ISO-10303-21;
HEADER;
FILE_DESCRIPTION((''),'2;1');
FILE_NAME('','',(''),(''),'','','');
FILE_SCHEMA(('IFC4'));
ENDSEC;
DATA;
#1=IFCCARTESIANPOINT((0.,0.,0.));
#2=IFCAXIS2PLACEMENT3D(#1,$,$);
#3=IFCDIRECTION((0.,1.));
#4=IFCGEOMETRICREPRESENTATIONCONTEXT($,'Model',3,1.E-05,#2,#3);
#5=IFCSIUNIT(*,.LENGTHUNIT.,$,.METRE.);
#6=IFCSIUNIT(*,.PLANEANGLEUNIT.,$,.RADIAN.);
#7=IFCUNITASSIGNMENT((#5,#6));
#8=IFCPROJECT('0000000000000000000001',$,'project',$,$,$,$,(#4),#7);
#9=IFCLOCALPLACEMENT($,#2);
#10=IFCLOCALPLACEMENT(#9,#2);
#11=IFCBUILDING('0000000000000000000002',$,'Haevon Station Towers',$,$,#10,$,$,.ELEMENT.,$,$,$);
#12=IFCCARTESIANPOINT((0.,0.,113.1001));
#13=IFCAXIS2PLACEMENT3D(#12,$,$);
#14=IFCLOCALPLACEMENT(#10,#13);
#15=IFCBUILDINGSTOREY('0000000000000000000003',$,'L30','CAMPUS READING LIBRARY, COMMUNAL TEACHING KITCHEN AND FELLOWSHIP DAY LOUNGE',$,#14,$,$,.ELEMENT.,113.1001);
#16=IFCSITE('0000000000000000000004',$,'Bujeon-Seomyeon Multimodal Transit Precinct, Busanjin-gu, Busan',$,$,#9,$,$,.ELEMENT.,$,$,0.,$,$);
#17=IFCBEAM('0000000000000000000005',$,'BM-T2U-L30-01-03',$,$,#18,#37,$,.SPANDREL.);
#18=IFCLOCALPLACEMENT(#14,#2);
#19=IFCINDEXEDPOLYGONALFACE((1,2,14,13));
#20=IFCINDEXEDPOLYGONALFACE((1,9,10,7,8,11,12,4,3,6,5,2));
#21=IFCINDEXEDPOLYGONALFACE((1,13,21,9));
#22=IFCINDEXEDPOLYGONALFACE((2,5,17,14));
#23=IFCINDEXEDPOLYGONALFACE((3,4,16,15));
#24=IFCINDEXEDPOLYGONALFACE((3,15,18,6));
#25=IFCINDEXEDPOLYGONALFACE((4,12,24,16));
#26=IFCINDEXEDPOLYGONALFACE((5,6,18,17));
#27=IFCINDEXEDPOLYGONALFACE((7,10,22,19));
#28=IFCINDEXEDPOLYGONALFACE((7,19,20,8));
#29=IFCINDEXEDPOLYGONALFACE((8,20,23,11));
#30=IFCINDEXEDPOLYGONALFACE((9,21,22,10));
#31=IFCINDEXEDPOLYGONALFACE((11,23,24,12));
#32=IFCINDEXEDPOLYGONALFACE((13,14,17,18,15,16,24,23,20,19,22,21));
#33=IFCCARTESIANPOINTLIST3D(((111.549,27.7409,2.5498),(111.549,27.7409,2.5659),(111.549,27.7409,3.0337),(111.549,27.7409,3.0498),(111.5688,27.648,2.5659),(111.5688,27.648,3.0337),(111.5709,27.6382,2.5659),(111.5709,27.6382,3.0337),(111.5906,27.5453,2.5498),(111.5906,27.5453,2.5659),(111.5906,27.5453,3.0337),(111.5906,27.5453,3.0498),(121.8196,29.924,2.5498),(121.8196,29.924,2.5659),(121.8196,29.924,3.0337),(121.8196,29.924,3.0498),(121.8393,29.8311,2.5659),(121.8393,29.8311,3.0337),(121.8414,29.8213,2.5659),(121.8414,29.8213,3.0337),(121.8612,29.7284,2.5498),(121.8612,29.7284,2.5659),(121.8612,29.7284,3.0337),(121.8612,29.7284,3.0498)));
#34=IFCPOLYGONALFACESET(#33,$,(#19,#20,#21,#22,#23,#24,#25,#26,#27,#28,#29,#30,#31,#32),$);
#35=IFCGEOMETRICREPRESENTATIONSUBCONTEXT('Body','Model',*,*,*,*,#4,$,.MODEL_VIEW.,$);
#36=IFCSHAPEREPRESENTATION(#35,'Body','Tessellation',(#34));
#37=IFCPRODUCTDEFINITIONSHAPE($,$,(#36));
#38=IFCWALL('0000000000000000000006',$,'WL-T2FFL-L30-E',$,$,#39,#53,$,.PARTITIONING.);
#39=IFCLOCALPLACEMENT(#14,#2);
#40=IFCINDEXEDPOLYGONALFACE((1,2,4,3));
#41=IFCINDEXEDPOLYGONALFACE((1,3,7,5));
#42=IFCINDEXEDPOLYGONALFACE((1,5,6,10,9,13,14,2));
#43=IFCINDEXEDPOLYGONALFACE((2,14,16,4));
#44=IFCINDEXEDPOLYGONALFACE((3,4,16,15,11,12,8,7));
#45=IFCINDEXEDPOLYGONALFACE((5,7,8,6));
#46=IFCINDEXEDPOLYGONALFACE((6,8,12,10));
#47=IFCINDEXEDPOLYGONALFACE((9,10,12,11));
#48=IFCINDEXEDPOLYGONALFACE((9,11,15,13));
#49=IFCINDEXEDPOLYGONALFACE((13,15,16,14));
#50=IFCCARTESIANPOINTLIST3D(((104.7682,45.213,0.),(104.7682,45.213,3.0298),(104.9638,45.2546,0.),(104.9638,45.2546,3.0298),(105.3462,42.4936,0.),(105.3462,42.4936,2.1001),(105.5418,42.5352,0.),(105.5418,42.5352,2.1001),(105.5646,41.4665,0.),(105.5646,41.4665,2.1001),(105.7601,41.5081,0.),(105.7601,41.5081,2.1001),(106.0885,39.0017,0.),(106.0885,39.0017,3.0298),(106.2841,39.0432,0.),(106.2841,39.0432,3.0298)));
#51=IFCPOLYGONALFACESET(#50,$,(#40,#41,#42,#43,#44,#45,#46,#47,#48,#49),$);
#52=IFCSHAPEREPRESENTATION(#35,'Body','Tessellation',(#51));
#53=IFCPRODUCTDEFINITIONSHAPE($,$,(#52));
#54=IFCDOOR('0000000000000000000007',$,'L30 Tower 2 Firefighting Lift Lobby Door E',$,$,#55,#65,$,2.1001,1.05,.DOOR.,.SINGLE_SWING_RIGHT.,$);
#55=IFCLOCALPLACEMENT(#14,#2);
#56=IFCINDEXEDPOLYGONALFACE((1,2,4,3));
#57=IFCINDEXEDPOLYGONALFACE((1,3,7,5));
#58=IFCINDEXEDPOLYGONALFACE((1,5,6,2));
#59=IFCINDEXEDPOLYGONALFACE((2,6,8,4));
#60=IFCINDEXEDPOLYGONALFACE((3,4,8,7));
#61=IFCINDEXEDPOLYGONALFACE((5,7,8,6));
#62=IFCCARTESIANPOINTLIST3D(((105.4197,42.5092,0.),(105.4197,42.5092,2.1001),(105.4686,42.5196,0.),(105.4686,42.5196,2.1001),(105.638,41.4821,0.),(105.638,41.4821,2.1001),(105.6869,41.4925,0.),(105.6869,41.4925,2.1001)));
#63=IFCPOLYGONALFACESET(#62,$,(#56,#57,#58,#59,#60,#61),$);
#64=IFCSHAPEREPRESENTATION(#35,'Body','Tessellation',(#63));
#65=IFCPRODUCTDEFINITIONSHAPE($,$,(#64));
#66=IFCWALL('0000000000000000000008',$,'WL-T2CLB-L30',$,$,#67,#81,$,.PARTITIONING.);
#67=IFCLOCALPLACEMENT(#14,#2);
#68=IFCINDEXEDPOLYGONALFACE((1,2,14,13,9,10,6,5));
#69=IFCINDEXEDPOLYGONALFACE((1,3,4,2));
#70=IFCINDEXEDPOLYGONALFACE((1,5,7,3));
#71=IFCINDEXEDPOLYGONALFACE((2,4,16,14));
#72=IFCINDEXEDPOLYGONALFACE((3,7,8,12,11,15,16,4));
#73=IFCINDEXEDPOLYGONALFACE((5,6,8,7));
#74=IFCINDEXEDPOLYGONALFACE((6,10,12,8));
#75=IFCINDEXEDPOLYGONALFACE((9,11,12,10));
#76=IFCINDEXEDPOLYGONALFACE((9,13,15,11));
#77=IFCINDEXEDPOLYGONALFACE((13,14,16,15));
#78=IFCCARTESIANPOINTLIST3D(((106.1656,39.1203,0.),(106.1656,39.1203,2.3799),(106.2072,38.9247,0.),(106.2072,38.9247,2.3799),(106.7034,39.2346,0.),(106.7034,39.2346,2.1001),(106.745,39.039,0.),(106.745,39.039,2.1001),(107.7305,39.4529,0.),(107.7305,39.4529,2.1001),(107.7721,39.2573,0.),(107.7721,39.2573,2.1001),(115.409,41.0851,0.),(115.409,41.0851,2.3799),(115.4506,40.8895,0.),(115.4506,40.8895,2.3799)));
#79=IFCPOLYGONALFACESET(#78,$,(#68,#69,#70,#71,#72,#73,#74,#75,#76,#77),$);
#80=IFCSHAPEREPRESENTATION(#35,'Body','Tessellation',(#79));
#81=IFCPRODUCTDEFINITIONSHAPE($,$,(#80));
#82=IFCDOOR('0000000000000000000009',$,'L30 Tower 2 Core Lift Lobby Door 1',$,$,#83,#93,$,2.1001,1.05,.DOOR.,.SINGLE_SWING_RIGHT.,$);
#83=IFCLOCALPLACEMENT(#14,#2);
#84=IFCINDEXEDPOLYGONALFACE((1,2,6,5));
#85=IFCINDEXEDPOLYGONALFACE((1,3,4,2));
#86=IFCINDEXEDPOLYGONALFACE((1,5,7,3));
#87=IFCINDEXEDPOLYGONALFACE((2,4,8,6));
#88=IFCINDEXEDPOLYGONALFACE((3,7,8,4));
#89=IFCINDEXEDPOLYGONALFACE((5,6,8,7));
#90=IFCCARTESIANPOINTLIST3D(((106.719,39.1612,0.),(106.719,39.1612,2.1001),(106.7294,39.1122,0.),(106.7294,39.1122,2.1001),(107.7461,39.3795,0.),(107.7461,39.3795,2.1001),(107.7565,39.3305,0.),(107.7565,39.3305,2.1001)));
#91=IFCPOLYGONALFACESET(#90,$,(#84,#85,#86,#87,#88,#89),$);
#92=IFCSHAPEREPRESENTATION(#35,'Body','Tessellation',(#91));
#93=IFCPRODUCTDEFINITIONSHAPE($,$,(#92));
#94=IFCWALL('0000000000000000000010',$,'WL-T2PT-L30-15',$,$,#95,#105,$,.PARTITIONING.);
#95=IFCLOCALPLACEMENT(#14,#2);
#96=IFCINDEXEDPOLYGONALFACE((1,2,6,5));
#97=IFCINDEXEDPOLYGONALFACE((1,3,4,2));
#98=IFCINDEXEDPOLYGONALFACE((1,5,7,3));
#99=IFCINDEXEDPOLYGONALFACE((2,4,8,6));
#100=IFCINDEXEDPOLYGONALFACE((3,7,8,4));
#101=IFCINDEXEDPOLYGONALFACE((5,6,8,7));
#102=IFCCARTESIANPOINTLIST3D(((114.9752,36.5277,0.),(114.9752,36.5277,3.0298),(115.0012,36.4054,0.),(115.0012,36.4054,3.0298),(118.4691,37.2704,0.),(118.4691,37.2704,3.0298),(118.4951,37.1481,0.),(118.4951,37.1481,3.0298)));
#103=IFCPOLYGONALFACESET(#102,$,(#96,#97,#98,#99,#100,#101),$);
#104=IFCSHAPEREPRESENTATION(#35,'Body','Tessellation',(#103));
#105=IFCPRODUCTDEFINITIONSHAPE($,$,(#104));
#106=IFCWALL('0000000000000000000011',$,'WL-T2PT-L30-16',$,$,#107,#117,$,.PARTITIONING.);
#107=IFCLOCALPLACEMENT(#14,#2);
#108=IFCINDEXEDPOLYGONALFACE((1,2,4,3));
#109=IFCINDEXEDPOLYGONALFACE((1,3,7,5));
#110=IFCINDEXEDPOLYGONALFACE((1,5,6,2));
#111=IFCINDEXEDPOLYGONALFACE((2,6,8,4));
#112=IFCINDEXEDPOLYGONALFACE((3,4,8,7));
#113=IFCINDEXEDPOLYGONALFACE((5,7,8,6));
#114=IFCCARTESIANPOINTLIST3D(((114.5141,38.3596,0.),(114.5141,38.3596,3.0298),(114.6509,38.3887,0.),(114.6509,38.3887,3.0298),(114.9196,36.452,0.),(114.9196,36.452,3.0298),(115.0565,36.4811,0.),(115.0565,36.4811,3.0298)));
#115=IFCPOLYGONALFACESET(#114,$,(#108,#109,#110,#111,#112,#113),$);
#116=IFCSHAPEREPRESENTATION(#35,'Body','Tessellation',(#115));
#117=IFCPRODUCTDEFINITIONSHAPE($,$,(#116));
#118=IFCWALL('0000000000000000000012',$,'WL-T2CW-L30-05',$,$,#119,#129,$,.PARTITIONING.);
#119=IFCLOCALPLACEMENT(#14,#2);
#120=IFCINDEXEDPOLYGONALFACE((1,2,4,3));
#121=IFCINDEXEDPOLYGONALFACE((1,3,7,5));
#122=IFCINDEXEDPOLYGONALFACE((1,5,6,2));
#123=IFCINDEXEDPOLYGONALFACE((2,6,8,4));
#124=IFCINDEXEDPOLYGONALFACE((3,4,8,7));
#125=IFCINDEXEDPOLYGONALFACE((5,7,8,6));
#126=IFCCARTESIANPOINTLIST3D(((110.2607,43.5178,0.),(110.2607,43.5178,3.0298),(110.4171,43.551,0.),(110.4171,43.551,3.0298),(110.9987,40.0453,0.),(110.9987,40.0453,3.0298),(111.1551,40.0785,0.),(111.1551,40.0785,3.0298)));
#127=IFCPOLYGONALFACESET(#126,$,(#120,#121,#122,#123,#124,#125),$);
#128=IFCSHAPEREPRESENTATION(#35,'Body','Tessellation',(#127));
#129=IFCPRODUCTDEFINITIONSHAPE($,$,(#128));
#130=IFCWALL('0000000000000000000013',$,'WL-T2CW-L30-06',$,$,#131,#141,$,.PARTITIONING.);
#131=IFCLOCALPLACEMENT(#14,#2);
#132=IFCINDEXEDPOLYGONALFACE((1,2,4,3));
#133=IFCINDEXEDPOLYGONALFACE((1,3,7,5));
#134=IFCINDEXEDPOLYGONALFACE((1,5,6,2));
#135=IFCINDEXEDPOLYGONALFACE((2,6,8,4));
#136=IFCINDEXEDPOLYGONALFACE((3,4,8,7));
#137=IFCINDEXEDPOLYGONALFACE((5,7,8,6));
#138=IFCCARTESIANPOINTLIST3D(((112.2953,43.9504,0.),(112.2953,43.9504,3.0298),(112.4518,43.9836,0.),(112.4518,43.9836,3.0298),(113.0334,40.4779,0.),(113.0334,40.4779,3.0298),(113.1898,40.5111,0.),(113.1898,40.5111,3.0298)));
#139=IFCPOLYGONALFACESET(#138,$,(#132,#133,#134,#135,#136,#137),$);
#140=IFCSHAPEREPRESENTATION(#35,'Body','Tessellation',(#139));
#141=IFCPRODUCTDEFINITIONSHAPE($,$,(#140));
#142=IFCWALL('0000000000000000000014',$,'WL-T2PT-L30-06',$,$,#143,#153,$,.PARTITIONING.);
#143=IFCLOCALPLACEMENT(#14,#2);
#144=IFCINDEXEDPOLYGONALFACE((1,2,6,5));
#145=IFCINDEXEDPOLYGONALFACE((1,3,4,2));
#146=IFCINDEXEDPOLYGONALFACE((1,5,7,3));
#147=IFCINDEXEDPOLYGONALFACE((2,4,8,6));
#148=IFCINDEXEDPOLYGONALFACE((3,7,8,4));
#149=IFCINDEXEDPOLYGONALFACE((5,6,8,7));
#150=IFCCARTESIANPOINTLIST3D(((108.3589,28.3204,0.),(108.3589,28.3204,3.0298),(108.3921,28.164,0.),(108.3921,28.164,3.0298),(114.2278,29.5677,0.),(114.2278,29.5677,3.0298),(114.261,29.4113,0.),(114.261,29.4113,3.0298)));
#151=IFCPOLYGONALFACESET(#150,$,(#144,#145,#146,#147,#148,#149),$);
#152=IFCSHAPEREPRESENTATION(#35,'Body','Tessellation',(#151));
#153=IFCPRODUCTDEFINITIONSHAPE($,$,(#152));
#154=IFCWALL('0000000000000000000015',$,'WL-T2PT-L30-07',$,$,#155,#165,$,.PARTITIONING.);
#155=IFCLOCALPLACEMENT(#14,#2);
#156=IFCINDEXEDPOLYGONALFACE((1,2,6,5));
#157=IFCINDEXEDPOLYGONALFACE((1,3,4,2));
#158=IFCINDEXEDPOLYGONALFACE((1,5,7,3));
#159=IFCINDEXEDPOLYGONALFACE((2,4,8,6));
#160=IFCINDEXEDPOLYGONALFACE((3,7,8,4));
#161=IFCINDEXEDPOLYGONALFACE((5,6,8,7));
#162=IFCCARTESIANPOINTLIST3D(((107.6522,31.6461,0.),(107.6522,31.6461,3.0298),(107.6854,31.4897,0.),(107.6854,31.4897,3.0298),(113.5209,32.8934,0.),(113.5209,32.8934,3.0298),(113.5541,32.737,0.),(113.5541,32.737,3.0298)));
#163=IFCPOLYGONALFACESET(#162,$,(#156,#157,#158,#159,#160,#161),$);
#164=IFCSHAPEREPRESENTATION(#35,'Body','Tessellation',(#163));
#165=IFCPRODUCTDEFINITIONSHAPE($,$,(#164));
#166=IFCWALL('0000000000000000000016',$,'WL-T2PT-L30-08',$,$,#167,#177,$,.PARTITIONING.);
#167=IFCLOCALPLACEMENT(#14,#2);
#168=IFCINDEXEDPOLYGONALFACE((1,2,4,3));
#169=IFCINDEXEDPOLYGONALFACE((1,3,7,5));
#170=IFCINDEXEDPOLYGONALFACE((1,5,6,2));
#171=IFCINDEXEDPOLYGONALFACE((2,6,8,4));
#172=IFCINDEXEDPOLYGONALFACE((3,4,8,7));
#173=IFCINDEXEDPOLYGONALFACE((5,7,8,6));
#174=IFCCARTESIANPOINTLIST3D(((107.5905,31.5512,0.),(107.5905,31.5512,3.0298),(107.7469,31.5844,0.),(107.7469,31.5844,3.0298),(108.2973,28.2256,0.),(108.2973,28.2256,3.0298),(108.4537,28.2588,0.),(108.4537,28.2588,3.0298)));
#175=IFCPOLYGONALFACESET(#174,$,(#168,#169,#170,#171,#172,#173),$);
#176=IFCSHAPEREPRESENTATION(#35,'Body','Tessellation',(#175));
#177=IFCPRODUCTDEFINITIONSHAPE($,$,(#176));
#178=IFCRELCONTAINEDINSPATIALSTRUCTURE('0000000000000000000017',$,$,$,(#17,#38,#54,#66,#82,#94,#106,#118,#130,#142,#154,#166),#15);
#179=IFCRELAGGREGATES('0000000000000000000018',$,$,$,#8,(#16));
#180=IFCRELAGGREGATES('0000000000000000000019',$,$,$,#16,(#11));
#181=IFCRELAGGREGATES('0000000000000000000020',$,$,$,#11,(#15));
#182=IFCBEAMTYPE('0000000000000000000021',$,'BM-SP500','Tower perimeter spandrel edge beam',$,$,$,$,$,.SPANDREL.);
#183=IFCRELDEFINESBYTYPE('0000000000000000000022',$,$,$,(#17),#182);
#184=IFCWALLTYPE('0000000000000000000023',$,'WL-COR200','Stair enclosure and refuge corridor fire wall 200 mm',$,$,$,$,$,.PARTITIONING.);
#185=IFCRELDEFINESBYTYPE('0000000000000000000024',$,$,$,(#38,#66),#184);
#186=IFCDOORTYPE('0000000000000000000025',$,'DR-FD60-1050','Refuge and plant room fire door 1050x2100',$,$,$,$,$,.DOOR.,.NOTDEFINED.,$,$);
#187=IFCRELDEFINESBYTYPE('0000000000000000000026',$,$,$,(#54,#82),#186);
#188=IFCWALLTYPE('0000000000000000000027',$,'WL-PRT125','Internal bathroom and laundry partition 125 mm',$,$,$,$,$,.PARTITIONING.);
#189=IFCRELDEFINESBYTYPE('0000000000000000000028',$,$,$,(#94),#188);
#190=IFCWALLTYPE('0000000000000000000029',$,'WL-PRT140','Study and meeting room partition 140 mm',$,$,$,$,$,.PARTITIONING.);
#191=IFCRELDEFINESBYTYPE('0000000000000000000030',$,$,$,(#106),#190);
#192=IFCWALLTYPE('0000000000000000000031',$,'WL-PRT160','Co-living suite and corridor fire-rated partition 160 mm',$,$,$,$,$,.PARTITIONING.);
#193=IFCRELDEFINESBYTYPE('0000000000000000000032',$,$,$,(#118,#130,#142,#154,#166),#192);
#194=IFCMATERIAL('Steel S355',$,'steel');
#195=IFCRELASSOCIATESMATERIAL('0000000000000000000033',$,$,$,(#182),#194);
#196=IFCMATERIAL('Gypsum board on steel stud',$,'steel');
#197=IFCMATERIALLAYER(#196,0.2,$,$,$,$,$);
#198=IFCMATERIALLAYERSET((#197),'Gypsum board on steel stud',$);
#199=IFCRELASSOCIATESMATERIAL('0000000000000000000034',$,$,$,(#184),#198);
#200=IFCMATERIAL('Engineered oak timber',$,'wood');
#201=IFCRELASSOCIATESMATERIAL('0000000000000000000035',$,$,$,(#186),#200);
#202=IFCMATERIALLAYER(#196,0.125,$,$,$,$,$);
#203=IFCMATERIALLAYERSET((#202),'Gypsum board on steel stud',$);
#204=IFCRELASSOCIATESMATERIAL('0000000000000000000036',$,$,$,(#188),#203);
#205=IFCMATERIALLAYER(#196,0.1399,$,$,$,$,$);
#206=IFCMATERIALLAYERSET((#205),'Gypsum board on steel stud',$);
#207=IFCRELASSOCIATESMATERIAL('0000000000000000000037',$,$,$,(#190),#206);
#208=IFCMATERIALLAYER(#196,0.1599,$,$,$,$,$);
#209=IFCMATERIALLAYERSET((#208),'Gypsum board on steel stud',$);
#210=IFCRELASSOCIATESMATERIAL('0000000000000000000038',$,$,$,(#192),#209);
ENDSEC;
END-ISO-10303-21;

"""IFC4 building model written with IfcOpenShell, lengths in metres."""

from ifc_helpers import new_model, si_unit, direction, frame, frame_2d, origin, origin_2d, place, context, subcontext, project, spatial, rectangle, i_section, extrude, material, layer, layer_set, material_profile, profile_set, type_object, element, fill, save


model = new_model("IFC4")

# Units and contexts
model_context = context("Model", 3, precision=1e-05, world=origin(), true_north=direction((0.0, 1.0)))
body_context = subcontext(model_context, "Body", "Model", "MODEL_VIEW")
ifc_project = project(units=[si_unit("LENGTHUNIT", "METRE"), si_unit("PLANEANGLEUNIT", "RADIAN")], contexts=[model_context])

# Site, building, storey
site_placement = place(None, origin())
site = spatial("IfcSite", under=ifc_project, at=site_placement, Name="Bujeon-Seomyeon Multimodal Transit Precinct, Busanjin-gu, Busan", CompositionType="ELEMENT", RefElevation=0.0)
building_placement = place(site_placement, origin())
building = spatial("IfcBuilding", under=site, at=building_placement, Name="Haevon Station Towers", CompositionType="ELEMENT")
storey_placement = place(building_placement, frame((0.0, 0.0, 113.1001)))
storey = spatial("IfcBuildingStorey", under=building, at=storey_placement, Name="L30", Description="CAMPUS READING LIBRARY, COMMUNAL TEACHING KITCHEN AND FELLOWSHIP DAY LOUNGE", CompositionType="ELEMENT", Elevation=113.1001)

# Beam
ifc_material_1 = material(Name="Steel S355", Category="steel")
ifc_material_profile_1 = material_profile(ifc_material_1, i_section(OverallWidth=0.2, OverallDepth=0.5, WebThickness=0.01, FlangeThickness=0.0161, at=origin_2d()), Name="H-500x200x10x16")
ifc_profile_set_1 = profile_set([ifc_material_profile_1], Name="Steel S355")
beam_type_1 = type_object("IfcBeamType", Name="BM-SP500", Description="Tower perimeter spandrel edge beam", PredefinedType="SPANDREL", material=ifc_profile_set_1)
beam_1_placement = place(storey_placement, frame((111.5698, 27.6431, 2.7998), z_axis=(0.978147, 0.207915, 0.0), x_axis=(-0.207915, 0.978147, 0.0)))
element("IfcBeam", 1, at=beam_1_placement, inside=storey, type_object=beam_type_1, Name="BM-T2U-L30-01-03", PredefinedType="SPANDREL", context=body_context, shape_type="SweptSolid", body=[
    extrude(i_section(OverallWidth=0.2, OverallDepth=0.5, WebThickness=0.01, FlangeThickness=0.0161, at=origin_2d()), origin(), (0.0, 0.0, 1.0), 10.5),
])

# Walls, openings, doors
ifc_material_2 = material(Name="Gypsum board on steel stud", Category="steel")
ifc_layer_1 = layer(ifc_material_2, 0.2)
ifc_layer_set_1 = layer_set([ifc_layer_1], Name="Gypsum board on steel stud")
wall_type_1 = type_object("IfcWallType", Name="WL-COR200", Description="Stair enclosure and refuge corridor fire wall 200 mm", PredefinedType="PARTITIONING", material=ifc_layer_set_1)
wall_1_placement = place(storey_placement, frame((106.1863, 39.0225, 0.0), z_axis=(0.0, 0.0, 1.0), x_axis=(-0.207917, 0.978147, 0.0)))
wall_1 = element("IfcWall", 2, at=wall_1_placement, inside=storey, type_object=wall_type_1, Name="WL-T2FFL-L30-E", PredefinedType="PARTITIONING", context=body_context, shape_type="SweptSolid", body=[
    extrude(rectangle(XDim=6.3501, YDim=0.2, at=frame_2d((3.175, 0.0))), origin(), (0.0, 0.0, 1.0), 3.0298),
])
opening_1_placement = place(wall_1_placement, frame((2.52, 0.0, 0.0)))
opening_1 = element("IfcOpeningElement", 3, at=opening_1_placement, cuts=wall_1, PredefinedType="OPENING", context=body_context, shape_type="SweptSolid", body=[
    extrude(rectangle(XDim=1.05, YDim=2.1001, at=frame_2d((0.5249, 1.05))), frame((0.0, 0.1099, 0.0), z_axis=(0.0, -1.0, 0.0), x_axis=(1.0, 0.0, 0.0)), (0.0, 0.0, 1.0), 0.22),
])
ifc_material_3 = material(Name="Engineered oak timber", Category="wood")
door_type = type_object("IfcDoorType", Name="DR-FD60-1050", Description="Refuge and plant room fire door 1050x2100", OperationType="NOTDEFINED", PredefinedType="DOOR", material=ifc_material_3)
door_1_placement = place(opening_1_placement, origin())
door_1 = element("IfcDoor", 4, at=door_1_placement, inside=storey, type_object=door_type, Name="L30 Tower 2 Firefighting Lift Lobby Door E", OperationType="SINGLE_SWING_RIGHT", OverallHeight=2.1001, OverallWidth=1.05, PredefinedType="DOOR", context=body_context, shape_type="SweptSolid", body=[
    extrude(rectangle(XDim=1.05, YDim=2.1001, at=frame_2d((0.5249, 1.05))), frame((0.0, 0.0249, 0.0), z_axis=(0.0, -1.0, 0.0), x_axis=(1.0, 0.0, 0.0)), (0.0, 0.0, 1.0), 0.05),
])
fill(opening_1, door_1)
wall_2_placement = place(storey_placement, frame((106.1863, 39.0225, 0.0), z_axis=(0.0, 0.0, 1.0), x_axis=(0.978146, 0.207921, 0.0)))
wall_2 = element("IfcWall", 5, at=wall_2_placement, inside=storey, type_object=wall_type_1, Name="WL-T2CLB-L30", PredefinedType="PARTITIONING", context=body_context, shape_type="SweptSolid", body=[
    extrude(rectangle(XDim=9.45, YDim=0.2, at=frame_2d((4.7251, 0.0))), origin(), (0.0, 0.0, 1.0), 2.3799),
])
opening_2_placement = place(wall_2_placement, frame((0.55, 0.0, 0.0)))
opening_2 = element("IfcOpeningElement", 6, at=opening_2_placement, cuts=wall_2, PredefinedType="OPENING", context=body_context, shape_type="SweptSolid", body=[
    extrude(rectangle(XDim=1.05, YDim=2.1001, at=frame_2d((0.5249, 1.05))), frame((0.0, 0.1099, 0.0), z_axis=(0.0, -1.0, 0.0), x_axis=(1.0, 0.0, 0.0)), (0.0, 0.0, 1.0), 0.22),
])
door_2_placement = place(opening_2_placement, origin())
door_2 = element("IfcDoor", 7, at=door_2_placement, inside=storey, type_object=door_type, Name="L30 Tower 2 Core Lift Lobby Door 1", OperationType="SINGLE_SWING_RIGHT", OverallHeight=2.1001, OverallWidth=1.05, PredefinedType="DOOR", context=body_context, shape_type="SweptSolid", body=[
    extrude(rectangle(XDim=1.05, YDim=2.1001, at=frame_2d((0.5249, 1.05))), frame((0.0, 0.0249, 0.0), z_axis=(0.0, -1.0, 0.0), x_axis=(1.0, 0.0, 0.0)), (0.0, 0.0, 1.0), 0.05),
])
fill(opening_2, door_2)

# Walls
ifc_layer_2 = layer(ifc_material_2, 0.125)
ifc_layer_set_2 = layer_set([ifc_layer_2], Name="Gypsum board on steel stud")
wall_type_2 = type_object("IfcWallType", Name="WL-PRT125", Description="Internal bathroom and laundry partition 125 mm", PredefinedType="PARTITIONING", material=ifc_layer_set_2)
wall_3_placement = place(storey_placement, frame((114.988, 36.4666, 0.0), z_axis=(0.0, 0.0, 1.0), x_axis=(0.978146, 0.207918, 0.0)))
element("IfcWall", 8, at=wall_3_placement, inside=storey, type_object=wall_type_2, Name="WL-T2PT-L30-15", PredefinedType="PARTITIONING", context=body_context, shape_type="SweptSolid", body=[
    extrude(rectangle(XDim=3.572, YDim=0.125, at=frame_2d((1.7861, 0.0))), origin(), (0.0, 0.0, 1.0), 3.0298),
])
ifc_layer_3 = layer(ifc_material_2, 0.1399)
ifc_layer_set_3 = layer_set([ifc_layer_3], Name="Gypsum board on steel stud")
wall_type_3 = type_object("IfcWallType", Name="WL-PRT140", Description="Study and meeting room partition 140 mm", PredefinedType="PARTITIONING", material=ifc_layer_set_3)
wall_4_placement = place(storey_placement, frame((114.988, 36.4666, 0.0), z_axis=(0.0, 0.0, 1.0), x_axis=(-0.207947, 0.97814, 0.0)))
element("IfcWall", 9, at=wall_4_placement, inside=storey, type_object=wall_type_3, Name="WL-T2PT-L30-16", PredefinedType="PARTITIONING", context=body_context, shape_type="SweptSolid", body=[
    extrude(rectangle(XDim=1.9502, YDim=0.1399, at=frame_2d((0.9751, 0.0))), origin(), (0.0, 0.0, 1.0), 3.0298),
])
ifc_layer_4 = layer(ifc_material_2, 0.1599)
ifc_layer_set_4 = layer_set([ifc_layer_4], Name="Gypsum board on steel stud")
wall_type_4 = type_object("IfcWallType", Name="WL-PRT160", Description="Co-living suite and corridor fire-rated partition 160 mm", PredefinedType="PARTITIONING", material=ifc_layer_set_4)
for number, where, z_axis, x_axis, name in (
    (10, (111.0769, 40.062, 0.0), (0.0, 0.0, 1.0), (-0.207899, 0.97815, 0.0), "WL-T2CW-L30-05"),
    (11, (113.1116, 40.4946, 0.0), (0.0, 0.0, 1.0), (-0.207899, 0.97815, 0.0), "WL-T2CW-L30-06"),
):
    element("IfcWall", number, at=place(storey_placement, frame(where, z_axis=z_axis, x_axis=x_axis)), inside=storey, type_object=wall_type_4, Name=name, PredefinedType="PARTITIONING", context=body_context, shape_type="SweptSolid", body=[
        extrude(rectangle(XDim=3.55, YDim=0.1599, at=frame_2d((1.7749, 0.0))), origin(), (0.0, 0.0, 1.0), 3.0298),
    ])
wall_5_placement = place(storey_placement, frame((108.3755, 28.2422, 0.0), z_axis=(0.0, 0.0, 1.0), x_axis=(0.978153, 0.207886, 0.0)))
element("IfcWall", 12, at=wall_5_placement, inside=storey, type_object=wall_type_4, Name="WL-T2PT-L30-06", PredefinedType="PARTITIONING", context=body_context, shape_type="SweptSolid", body=[
    extrude(rectangle(XDim=6.0, YDim=0.1599, at=frame_2d((3.0, 0.0))), origin(), (0.0, 0.0, 1.0), 3.0298),
])
wall_6_placement = place(storey_placement, frame((107.6687, 31.5679, 0.0), z_axis=(0.0, 0.0, 1.0), x_axis=(0.978151, 0.207895, 0.0)))
element("IfcWall", 13, at=wall_6_placement, inside=storey, type_object=wall_type_4, Name="WL-T2PT-L30-07", PredefinedType="PARTITIONING", context=body_context, shape_type="SweptSolid", body=[
    extrude(rectangle(XDim=5.9998, YDim=0.1599, at=frame_2d((3.0, 0.0))), origin(), (0.0, 0.0, 1.0), 3.0298),
])
for number, where, z_axis, x_axis, name in (
    (14, (108.3755, 28.2422, 0.0), (0.0, 0.0, 1.0), (-0.207881, 0.978154, 0.0), "WL-T2PT-L30-08"),
):
    element("IfcWall", number, at=place(storey_placement, frame(where, z_axis=z_axis, x_axis=x_axis)), inside=storey, type_object=wall_type_4, Name=name, PredefinedType="PARTITIONING", context=body_context, shape_type="SweptSolid", body=[
        extrude(rectangle(XDim=3.3999, YDim=0.1599, at=frame_2d((1.7, 0.0))), origin(), (0.0, 0.0, 1.0), 3.0298),
    ])

save(model, "model.ifc")
